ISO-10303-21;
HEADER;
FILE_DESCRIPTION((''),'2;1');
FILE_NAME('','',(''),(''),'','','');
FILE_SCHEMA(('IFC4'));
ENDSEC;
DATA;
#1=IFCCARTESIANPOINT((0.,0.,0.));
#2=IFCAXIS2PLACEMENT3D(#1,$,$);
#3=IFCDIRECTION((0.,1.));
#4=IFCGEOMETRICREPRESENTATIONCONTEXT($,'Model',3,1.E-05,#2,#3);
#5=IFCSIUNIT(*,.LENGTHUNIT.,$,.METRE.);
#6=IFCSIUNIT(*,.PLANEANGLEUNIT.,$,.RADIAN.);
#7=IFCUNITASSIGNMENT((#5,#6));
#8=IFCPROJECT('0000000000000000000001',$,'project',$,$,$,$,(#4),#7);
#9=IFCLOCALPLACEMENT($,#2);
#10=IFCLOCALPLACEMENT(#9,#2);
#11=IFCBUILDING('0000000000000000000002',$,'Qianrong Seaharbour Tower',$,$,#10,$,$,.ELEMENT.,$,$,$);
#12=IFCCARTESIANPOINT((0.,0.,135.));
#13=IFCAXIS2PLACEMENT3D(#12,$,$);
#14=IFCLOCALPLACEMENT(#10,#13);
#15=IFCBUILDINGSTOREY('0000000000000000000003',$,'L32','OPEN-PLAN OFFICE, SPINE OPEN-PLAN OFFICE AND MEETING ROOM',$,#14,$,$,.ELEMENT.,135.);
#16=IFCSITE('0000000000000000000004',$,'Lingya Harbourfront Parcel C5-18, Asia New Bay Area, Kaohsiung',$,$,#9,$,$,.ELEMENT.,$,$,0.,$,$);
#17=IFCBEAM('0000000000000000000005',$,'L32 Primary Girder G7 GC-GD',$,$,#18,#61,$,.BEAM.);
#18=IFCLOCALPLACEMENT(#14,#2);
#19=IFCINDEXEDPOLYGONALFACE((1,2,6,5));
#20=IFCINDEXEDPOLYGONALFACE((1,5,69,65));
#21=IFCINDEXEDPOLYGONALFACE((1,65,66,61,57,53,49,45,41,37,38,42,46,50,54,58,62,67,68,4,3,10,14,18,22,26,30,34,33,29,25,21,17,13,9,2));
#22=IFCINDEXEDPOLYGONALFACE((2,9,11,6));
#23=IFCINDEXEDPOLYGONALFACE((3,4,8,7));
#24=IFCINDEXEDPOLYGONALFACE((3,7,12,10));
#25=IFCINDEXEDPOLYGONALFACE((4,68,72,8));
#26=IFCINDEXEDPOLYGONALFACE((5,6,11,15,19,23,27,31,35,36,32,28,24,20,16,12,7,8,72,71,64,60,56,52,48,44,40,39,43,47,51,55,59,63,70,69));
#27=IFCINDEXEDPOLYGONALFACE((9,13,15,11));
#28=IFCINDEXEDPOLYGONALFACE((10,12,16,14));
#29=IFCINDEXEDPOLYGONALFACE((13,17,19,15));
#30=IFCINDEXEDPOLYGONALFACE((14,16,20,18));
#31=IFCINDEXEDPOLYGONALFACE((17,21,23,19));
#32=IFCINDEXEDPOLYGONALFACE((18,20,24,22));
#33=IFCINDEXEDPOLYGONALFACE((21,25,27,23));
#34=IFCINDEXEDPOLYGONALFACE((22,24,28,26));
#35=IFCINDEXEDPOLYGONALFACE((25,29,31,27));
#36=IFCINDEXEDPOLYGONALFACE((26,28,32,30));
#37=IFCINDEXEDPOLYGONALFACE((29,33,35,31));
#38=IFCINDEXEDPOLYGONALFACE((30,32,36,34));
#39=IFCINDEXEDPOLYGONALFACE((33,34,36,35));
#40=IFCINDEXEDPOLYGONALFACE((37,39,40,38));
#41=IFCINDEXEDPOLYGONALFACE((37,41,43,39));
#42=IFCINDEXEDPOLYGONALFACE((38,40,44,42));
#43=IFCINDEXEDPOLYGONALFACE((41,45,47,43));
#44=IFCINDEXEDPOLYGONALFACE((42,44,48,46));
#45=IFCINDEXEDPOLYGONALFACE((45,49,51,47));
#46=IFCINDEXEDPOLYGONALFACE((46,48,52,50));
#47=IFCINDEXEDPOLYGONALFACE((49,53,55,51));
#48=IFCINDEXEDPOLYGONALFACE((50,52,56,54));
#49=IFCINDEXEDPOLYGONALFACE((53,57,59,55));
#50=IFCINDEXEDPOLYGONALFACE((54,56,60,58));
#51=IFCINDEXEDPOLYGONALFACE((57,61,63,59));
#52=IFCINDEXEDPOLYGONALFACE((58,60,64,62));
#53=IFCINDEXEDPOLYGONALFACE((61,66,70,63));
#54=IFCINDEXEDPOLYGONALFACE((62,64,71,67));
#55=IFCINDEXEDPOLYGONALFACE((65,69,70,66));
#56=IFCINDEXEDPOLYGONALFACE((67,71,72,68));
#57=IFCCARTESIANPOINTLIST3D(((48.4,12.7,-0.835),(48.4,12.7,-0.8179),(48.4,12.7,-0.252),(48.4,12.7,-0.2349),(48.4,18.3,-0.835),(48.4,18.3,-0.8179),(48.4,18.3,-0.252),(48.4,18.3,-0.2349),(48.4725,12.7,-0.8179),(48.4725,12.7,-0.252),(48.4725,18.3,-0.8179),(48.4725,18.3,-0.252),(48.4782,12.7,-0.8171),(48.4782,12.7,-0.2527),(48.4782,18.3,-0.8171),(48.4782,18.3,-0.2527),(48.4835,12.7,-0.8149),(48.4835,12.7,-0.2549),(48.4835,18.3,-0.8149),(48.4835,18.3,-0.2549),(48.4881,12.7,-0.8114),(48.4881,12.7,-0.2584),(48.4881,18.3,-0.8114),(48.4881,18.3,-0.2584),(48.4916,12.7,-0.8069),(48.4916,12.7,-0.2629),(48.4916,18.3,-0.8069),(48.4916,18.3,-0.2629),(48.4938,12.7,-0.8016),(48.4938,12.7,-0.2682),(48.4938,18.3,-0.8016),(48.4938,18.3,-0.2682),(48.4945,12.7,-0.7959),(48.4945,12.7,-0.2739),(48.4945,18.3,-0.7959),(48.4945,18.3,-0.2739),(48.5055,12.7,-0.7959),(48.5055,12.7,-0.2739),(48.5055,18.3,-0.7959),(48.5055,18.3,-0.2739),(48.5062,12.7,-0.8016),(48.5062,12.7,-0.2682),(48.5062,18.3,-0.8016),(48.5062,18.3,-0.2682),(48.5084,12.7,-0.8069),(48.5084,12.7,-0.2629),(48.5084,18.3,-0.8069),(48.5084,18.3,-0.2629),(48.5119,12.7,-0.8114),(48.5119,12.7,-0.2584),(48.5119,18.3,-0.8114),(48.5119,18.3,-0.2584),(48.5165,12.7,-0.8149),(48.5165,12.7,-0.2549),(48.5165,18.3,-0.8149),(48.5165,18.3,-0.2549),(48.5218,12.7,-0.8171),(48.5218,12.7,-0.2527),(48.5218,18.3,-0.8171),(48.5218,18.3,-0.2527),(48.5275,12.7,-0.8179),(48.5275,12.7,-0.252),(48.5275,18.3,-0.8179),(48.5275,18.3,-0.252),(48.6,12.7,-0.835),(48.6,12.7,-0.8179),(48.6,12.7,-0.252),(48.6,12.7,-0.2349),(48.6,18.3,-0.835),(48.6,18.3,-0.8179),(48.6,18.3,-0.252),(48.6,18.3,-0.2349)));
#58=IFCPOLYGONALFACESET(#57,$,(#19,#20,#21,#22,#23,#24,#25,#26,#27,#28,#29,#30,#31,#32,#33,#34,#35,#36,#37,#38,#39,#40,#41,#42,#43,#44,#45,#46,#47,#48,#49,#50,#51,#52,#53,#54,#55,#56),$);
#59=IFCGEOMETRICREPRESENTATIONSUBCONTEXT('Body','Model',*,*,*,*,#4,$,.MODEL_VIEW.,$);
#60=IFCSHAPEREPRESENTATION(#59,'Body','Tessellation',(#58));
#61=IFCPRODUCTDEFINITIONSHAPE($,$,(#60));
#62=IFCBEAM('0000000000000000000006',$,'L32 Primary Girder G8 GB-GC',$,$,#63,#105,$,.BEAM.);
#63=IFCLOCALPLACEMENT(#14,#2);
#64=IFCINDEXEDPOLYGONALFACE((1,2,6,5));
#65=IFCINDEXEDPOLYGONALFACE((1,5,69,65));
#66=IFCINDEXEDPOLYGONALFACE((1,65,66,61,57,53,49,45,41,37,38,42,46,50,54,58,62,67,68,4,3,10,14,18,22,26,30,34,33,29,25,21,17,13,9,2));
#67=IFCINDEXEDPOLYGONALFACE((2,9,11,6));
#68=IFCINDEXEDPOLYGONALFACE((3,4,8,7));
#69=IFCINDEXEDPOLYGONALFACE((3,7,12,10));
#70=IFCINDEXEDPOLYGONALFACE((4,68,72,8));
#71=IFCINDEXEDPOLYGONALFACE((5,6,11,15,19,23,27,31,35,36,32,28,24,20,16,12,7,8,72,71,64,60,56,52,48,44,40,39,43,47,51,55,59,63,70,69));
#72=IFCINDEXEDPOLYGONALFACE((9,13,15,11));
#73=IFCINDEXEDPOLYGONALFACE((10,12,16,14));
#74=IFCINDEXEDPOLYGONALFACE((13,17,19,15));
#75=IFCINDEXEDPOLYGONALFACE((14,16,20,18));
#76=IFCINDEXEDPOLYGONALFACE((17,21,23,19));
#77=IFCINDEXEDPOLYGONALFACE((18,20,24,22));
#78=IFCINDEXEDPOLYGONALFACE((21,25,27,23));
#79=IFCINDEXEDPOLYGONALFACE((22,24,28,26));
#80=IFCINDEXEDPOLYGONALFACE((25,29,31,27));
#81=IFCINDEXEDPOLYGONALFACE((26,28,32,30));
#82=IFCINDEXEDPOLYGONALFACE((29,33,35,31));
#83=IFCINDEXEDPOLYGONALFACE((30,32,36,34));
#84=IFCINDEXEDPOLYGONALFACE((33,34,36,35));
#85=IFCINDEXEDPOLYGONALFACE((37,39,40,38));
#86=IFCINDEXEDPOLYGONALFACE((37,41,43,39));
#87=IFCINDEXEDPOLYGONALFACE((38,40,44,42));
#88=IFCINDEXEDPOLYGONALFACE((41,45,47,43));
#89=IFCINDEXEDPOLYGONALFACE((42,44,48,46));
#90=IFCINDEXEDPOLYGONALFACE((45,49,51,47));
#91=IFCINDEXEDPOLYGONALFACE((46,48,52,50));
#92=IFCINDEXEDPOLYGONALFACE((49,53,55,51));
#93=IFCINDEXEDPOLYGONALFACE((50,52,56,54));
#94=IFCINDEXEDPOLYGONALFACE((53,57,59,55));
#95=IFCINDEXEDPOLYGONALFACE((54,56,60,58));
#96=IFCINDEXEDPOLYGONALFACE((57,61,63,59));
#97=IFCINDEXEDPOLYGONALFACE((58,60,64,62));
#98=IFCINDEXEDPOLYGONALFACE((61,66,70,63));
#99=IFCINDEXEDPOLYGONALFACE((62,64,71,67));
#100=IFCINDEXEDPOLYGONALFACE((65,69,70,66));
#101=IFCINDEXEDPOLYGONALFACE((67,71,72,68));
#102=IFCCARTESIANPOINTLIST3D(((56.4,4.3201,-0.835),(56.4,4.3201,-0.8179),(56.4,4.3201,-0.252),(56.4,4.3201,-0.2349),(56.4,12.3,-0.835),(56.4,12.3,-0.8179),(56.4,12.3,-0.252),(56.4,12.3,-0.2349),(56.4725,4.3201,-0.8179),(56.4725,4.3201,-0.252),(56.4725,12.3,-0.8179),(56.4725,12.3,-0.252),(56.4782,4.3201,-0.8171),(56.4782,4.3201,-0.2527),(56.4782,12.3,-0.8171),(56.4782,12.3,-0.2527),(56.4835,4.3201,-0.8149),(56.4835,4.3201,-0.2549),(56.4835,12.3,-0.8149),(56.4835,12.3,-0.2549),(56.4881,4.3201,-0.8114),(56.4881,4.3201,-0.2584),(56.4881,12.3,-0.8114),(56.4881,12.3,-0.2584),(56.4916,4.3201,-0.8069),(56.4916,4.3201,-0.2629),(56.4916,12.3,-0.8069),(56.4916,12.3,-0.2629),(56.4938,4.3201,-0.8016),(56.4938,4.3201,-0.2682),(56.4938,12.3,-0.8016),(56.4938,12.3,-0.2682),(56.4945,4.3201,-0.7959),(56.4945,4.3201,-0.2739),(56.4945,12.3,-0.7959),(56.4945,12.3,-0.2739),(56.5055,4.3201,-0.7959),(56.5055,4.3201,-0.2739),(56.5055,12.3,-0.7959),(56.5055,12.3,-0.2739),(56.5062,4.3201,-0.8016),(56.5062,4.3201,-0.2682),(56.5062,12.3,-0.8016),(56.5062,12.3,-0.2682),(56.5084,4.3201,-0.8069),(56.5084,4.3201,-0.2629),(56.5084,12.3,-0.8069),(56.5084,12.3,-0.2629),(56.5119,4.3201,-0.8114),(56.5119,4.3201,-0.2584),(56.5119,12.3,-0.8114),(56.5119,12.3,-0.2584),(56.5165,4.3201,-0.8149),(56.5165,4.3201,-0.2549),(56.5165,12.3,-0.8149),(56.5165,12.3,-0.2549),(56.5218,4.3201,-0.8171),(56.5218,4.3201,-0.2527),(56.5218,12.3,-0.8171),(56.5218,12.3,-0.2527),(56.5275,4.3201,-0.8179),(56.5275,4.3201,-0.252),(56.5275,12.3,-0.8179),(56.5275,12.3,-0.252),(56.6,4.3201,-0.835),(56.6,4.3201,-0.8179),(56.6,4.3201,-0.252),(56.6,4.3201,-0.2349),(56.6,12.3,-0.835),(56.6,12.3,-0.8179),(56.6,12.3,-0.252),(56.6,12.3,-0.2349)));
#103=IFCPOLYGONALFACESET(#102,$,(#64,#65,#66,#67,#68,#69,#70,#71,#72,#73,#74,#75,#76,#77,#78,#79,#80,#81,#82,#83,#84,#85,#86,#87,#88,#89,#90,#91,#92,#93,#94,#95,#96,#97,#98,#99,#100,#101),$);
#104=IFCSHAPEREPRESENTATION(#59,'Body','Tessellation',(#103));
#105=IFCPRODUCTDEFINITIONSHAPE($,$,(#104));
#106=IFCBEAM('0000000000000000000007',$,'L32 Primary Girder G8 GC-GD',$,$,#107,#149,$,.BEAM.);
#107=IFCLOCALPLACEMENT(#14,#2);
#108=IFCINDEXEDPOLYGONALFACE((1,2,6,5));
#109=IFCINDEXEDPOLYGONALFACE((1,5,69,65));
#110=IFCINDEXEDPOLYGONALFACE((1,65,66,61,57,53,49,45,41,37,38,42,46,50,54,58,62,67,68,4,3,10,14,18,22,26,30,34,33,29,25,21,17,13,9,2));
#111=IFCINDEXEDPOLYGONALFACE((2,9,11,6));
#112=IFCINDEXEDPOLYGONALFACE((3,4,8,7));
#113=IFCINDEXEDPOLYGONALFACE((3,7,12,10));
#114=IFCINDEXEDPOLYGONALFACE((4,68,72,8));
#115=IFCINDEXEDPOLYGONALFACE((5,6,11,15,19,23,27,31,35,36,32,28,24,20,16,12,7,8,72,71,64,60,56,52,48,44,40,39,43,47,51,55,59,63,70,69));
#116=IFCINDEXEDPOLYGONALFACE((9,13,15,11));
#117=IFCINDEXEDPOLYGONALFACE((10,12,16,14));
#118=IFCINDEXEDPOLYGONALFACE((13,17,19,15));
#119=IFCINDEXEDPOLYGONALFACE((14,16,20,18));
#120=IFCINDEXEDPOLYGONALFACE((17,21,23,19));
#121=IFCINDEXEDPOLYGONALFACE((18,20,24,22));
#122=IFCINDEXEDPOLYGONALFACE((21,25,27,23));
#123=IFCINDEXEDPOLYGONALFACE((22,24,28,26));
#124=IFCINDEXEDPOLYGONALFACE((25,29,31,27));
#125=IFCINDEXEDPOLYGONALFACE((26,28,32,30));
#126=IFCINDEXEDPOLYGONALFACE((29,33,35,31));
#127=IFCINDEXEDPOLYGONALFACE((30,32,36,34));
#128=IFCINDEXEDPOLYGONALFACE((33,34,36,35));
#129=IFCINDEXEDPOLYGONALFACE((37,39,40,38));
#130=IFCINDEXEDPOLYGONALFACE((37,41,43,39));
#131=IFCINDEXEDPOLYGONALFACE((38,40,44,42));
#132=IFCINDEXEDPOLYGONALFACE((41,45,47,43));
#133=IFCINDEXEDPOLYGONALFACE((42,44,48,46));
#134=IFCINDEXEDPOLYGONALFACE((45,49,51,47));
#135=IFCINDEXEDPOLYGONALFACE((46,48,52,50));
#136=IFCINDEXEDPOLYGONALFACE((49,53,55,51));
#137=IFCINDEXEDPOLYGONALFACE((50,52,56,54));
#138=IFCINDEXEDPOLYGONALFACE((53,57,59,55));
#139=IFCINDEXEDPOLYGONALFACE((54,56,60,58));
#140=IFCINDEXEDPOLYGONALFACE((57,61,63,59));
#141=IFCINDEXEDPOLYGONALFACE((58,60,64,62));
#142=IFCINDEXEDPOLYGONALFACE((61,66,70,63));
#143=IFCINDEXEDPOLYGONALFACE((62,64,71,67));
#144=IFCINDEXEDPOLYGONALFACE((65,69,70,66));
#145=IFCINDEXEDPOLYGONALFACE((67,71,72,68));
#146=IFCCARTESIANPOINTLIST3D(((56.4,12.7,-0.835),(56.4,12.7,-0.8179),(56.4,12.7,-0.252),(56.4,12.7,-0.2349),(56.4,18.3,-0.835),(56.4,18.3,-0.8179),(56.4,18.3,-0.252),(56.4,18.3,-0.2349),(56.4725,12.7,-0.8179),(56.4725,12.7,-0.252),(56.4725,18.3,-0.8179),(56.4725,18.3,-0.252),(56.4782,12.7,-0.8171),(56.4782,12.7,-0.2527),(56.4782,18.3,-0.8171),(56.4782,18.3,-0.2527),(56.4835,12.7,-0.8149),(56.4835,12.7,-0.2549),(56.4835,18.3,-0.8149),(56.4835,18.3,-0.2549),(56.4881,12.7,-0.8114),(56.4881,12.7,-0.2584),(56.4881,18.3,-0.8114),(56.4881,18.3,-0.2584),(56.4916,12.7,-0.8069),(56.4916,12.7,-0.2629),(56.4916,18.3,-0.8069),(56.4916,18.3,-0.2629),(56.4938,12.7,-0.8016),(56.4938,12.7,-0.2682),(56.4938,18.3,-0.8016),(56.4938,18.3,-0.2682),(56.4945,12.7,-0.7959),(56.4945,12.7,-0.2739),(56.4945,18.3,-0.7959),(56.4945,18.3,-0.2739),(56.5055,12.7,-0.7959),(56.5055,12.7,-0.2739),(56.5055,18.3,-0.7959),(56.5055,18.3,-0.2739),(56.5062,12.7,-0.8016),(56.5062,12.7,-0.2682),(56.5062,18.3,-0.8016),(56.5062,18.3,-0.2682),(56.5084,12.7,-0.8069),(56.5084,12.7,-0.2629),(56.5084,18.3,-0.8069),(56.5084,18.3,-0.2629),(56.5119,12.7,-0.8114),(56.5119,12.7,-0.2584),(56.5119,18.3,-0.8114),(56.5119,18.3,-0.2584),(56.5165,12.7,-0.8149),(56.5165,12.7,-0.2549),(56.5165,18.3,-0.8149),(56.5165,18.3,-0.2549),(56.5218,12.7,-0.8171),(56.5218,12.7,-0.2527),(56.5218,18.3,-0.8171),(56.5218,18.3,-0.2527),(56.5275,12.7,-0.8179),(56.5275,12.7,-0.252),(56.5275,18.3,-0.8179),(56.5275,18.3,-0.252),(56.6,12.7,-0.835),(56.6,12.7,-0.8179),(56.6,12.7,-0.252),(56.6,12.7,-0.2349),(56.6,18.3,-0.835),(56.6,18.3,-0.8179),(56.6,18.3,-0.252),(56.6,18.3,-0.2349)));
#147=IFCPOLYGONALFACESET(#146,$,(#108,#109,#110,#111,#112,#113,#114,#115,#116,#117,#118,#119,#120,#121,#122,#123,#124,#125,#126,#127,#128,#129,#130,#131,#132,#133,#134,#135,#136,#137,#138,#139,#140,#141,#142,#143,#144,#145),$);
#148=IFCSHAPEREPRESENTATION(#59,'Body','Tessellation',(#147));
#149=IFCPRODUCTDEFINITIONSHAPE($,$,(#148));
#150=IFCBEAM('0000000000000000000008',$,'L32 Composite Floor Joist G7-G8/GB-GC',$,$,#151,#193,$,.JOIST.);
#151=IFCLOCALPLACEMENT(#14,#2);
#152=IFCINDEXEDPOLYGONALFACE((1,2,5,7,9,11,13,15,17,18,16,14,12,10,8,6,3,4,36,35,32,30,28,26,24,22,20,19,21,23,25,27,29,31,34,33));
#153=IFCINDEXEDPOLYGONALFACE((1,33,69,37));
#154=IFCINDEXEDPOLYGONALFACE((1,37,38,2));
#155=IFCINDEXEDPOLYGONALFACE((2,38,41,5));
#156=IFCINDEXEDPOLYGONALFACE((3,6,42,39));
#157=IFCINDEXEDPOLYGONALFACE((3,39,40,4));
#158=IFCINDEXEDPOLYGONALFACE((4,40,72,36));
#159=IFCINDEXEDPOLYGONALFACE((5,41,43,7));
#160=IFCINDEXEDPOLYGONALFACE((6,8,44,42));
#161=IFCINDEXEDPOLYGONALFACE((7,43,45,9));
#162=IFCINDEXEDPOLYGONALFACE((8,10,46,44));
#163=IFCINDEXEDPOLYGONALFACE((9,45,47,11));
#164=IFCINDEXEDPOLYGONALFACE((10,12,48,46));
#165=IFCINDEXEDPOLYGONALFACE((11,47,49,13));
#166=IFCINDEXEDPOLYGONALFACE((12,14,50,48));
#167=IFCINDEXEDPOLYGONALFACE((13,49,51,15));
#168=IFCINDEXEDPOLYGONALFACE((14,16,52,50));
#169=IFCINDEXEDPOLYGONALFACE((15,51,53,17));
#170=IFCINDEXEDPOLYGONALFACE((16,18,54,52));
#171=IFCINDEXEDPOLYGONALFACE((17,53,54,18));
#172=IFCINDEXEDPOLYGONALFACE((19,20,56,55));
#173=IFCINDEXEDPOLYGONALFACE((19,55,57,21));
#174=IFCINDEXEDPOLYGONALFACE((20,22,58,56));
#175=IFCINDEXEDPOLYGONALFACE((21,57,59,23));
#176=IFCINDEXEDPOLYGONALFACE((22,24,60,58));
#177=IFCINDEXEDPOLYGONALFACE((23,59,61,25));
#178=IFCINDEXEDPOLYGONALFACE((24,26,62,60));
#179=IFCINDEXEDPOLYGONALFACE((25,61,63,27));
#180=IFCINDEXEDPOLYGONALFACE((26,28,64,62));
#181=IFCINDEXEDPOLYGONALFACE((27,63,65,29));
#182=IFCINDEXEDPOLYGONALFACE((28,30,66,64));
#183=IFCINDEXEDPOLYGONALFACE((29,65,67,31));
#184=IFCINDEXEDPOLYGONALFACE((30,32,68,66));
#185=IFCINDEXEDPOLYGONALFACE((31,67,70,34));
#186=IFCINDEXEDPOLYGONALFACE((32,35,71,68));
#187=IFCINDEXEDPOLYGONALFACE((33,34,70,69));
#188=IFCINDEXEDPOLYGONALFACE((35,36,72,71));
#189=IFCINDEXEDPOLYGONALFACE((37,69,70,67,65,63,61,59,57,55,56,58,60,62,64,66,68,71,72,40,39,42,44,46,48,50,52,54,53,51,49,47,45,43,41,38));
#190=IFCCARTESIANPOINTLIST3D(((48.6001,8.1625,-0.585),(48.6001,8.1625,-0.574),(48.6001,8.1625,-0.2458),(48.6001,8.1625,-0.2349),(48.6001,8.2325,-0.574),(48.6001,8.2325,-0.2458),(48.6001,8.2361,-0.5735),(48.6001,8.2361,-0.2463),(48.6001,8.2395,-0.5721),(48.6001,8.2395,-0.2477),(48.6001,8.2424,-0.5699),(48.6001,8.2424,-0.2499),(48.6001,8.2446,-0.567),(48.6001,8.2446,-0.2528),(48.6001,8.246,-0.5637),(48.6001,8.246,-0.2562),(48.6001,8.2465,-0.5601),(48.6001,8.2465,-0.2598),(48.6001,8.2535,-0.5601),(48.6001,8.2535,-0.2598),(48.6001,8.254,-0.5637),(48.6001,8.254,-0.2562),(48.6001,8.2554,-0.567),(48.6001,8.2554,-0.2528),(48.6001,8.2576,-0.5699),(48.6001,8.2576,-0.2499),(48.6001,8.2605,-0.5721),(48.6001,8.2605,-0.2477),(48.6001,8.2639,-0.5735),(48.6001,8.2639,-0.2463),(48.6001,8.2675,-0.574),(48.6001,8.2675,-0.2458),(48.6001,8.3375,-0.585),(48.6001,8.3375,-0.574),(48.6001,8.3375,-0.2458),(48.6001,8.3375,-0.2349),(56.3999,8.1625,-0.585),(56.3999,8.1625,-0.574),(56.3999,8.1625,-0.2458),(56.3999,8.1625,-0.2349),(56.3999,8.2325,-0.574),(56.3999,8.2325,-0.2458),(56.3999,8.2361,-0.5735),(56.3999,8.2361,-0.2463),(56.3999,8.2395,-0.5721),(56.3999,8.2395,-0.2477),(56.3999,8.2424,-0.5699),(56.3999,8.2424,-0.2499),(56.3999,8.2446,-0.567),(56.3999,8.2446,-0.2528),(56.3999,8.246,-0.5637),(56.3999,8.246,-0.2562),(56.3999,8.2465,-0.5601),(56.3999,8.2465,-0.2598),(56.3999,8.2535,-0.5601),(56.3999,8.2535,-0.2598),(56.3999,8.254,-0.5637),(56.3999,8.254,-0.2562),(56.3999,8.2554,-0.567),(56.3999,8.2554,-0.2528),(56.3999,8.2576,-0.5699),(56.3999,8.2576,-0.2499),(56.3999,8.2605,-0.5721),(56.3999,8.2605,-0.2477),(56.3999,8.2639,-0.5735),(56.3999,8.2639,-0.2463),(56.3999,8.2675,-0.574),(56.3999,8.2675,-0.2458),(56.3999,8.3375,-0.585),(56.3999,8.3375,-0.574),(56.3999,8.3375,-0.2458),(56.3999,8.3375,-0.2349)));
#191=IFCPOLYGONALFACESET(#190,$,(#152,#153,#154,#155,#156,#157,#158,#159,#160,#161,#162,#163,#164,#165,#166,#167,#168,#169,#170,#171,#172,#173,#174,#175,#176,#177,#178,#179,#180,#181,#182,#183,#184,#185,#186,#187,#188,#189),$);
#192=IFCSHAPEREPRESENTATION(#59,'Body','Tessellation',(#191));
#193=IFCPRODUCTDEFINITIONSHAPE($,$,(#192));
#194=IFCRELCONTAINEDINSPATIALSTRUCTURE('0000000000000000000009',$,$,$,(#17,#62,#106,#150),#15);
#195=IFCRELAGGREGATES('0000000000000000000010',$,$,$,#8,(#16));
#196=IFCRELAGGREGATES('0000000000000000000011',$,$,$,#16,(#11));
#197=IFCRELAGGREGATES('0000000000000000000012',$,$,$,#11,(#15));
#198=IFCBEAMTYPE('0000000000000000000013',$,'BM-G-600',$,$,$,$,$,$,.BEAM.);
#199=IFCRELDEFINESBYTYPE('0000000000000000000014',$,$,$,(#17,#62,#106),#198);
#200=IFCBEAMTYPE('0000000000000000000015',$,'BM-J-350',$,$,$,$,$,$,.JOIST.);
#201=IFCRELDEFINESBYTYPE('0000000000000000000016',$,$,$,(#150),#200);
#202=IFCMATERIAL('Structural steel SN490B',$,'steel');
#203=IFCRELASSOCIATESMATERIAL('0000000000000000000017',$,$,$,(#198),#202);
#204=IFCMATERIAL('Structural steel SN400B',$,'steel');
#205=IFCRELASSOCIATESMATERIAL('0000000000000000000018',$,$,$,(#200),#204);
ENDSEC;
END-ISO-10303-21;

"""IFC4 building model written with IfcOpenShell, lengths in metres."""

from ifc_helpers import new_model, si_unit, direction, frame, origin, origin_2d, place, context, subcontext, project, spatial, i_section, extrude, material, material_profile, profile_set, type_object, element, save


model = new_model("IFC4")

# Units and contexts
model_context = context("Model", 3, precision=1e-05, world=origin(), true_north=direction((0.0, 1.0)))
body_context = subcontext(model_context, "Body", "Model", "MODEL_VIEW")
ifc_project = project(units=[si_unit("LENGTHUNIT", "METRE"), si_unit("PLANEANGLEUNIT", "RADIAN")], contexts=[model_context])

# Site, building, storey
site_placement = place(None, origin())
site = spatial("IfcSite", under=ifc_project, at=site_placement, Name="Lingya Harbourfront Parcel C5-18, Asia New Bay Area, Kaohsiung", CompositionType="ELEMENT", RefElevation=0.0)
building_placement = place(site_placement, origin())
building = spatial("IfcBuilding", under=site, at=building_placement, Name="Qianrong Seaharbour Tower", CompositionType="ELEMENT")
storey_placement = place(building_placement, frame((0.0, 0.0, 135.0)))
storey = spatial("IfcBuildingStorey", under=building, at=storey_placement, Name="L32", Description="OPEN-PLAN OFFICE, SPINE OPEN-PLAN OFFICE AND MEETING ROOM", CompositionType="ELEMENT", Elevation=135.0)

# Shared definitions
ifc_material_1 = material(Name="Structural steel SN490B", Category="steel")

# Beams
ifc_material_profile_1 = material_profile(ifc_material_1, i_section(OverallWidth=0.2, OverallDepth=0.6001, WebThickness=0.011, FlangeThickness=0.0171, FilletRadius=0.022, at=origin_2d()), Name="H600x200x11x17")
ifc_profile_set_1 = profile_set([ifc_material_profile_1], Name="Structural steel SN490B")
beam_type_1 = type_object("IfcBeamType", Name="BM-G-600", PredefinedType="BEAM", material=ifc_profile_set_1)
beam_1_placement = place(storey_placement, frame((48.5, 12.7, -0.5349), z_axis=(0.0, 1.0, 0.0), x_axis=(-1.0, 0.0, 0.0)))
element("IfcBeam", 1, at=beam_1_placement, inside=storey, type_object=beam_type_1, Name="L32 Primary Girder G7 GC-GD", PredefinedType="BEAM", context=body_context, shape_type="SweptSolid", body=[
    extrude(i_section(OverallWidth=0.2, OverallDepth=0.6001, WebThickness=0.011, FlangeThickness=0.0171, FilletRadius=0.022, at=origin_2d()), origin(), (0.0, 0.0, 1.0), 5.6001),
])
beam_2_placement = place(storey_placement, frame((56.5, 4.3201, -0.5349), z_axis=(0.0, 1.0, 0.0), x_axis=(-1.0, 0.0, 0.0)))
element("IfcBeam", 2, at=beam_2_placement, inside=storey, type_object=beam_type_1, Name="L32 Primary Girder G8 GB-GC", PredefinedType="BEAM", context=body_context, shape_type="SweptSolid", body=[
    extrude(i_section(OverallWidth=0.2, OverallDepth=0.6001, WebThickness=0.011, FlangeThickness=0.0171, FilletRadius=0.022, at=origin_2d()), origin(), (0.0, 0.0, 1.0), 7.98),
])
beam_3_placement = place(storey_placement, frame((56.5, 12.7, -0.5349), z_axis=(0.0, 1.0, 0.0), x_axis=(-1.0, 0.0, 0.0)))
element("IfcBeam", 3, at=beam_3_placement, inside=storey, type_object=beam_type_1, Name="L32 Primary Girder G8 GC-GD", PredefinedType="BEAM", context=body_context, shape_type="SweptSolid", body=[
    extrude(i_section(OverallWidth=0.2, OverallDepth=0.6001, WebThickness=0.011, FlangeThickness=0.0171, FilletRadius=0.022, at=origin_2d()), origin(), (0.0, 0.0, 1.0), 5.6001),
])
ifc_material_2 = material(Name="Structural steel SN400B", Category="steel")
ifc_material_profile_2 = material_profile(ifc_material_2, i_section(OverallWidth=0.175, OverallDepth=0.3501, WebThickness=0.0071, FlangeThickness=0.011, FilletRadius=0.0139, at=origin_2d()), Name="H350x175x7x11")
ifc_profile_set_2 = profile_set([ifc_material_profile_2], Name="Structural steel SN400B")
beam_type_2 = type_object("IfcBeamType", Name="BM-J-350", PredefinedType="JOIST", material=ifc_profile_set_2)
for number, where, z_axis, x_axis, name in (
    (4, (48.6001, 8.25, -0.4099), (1.0, 0.0, 0.0), (0.0, 1.0, 0.0), "L32 Composite Floor Joist G7-G8/GB-GC"),
):
    element("IfcBeam", number, at=place(storey_placement, frame(where, z_axis=z_axis, x_axis=x_axis)), inside=storey, type_object=beam_type_2, Name=name, PredefinedType="JOIST", context=body_context, shape_type="SweptSolid", body=[
        extrude(i_section(OverallWidth=0.175, OverallDepth=0.3501, WebThickness=0.0071, FlangeThickness=0.011, FilletRadius=0.0139, at=origin_2d()), origin(), (0.0, 0.0, 1.0), 7.7998),
    ])

save(model, "model.ifc")
